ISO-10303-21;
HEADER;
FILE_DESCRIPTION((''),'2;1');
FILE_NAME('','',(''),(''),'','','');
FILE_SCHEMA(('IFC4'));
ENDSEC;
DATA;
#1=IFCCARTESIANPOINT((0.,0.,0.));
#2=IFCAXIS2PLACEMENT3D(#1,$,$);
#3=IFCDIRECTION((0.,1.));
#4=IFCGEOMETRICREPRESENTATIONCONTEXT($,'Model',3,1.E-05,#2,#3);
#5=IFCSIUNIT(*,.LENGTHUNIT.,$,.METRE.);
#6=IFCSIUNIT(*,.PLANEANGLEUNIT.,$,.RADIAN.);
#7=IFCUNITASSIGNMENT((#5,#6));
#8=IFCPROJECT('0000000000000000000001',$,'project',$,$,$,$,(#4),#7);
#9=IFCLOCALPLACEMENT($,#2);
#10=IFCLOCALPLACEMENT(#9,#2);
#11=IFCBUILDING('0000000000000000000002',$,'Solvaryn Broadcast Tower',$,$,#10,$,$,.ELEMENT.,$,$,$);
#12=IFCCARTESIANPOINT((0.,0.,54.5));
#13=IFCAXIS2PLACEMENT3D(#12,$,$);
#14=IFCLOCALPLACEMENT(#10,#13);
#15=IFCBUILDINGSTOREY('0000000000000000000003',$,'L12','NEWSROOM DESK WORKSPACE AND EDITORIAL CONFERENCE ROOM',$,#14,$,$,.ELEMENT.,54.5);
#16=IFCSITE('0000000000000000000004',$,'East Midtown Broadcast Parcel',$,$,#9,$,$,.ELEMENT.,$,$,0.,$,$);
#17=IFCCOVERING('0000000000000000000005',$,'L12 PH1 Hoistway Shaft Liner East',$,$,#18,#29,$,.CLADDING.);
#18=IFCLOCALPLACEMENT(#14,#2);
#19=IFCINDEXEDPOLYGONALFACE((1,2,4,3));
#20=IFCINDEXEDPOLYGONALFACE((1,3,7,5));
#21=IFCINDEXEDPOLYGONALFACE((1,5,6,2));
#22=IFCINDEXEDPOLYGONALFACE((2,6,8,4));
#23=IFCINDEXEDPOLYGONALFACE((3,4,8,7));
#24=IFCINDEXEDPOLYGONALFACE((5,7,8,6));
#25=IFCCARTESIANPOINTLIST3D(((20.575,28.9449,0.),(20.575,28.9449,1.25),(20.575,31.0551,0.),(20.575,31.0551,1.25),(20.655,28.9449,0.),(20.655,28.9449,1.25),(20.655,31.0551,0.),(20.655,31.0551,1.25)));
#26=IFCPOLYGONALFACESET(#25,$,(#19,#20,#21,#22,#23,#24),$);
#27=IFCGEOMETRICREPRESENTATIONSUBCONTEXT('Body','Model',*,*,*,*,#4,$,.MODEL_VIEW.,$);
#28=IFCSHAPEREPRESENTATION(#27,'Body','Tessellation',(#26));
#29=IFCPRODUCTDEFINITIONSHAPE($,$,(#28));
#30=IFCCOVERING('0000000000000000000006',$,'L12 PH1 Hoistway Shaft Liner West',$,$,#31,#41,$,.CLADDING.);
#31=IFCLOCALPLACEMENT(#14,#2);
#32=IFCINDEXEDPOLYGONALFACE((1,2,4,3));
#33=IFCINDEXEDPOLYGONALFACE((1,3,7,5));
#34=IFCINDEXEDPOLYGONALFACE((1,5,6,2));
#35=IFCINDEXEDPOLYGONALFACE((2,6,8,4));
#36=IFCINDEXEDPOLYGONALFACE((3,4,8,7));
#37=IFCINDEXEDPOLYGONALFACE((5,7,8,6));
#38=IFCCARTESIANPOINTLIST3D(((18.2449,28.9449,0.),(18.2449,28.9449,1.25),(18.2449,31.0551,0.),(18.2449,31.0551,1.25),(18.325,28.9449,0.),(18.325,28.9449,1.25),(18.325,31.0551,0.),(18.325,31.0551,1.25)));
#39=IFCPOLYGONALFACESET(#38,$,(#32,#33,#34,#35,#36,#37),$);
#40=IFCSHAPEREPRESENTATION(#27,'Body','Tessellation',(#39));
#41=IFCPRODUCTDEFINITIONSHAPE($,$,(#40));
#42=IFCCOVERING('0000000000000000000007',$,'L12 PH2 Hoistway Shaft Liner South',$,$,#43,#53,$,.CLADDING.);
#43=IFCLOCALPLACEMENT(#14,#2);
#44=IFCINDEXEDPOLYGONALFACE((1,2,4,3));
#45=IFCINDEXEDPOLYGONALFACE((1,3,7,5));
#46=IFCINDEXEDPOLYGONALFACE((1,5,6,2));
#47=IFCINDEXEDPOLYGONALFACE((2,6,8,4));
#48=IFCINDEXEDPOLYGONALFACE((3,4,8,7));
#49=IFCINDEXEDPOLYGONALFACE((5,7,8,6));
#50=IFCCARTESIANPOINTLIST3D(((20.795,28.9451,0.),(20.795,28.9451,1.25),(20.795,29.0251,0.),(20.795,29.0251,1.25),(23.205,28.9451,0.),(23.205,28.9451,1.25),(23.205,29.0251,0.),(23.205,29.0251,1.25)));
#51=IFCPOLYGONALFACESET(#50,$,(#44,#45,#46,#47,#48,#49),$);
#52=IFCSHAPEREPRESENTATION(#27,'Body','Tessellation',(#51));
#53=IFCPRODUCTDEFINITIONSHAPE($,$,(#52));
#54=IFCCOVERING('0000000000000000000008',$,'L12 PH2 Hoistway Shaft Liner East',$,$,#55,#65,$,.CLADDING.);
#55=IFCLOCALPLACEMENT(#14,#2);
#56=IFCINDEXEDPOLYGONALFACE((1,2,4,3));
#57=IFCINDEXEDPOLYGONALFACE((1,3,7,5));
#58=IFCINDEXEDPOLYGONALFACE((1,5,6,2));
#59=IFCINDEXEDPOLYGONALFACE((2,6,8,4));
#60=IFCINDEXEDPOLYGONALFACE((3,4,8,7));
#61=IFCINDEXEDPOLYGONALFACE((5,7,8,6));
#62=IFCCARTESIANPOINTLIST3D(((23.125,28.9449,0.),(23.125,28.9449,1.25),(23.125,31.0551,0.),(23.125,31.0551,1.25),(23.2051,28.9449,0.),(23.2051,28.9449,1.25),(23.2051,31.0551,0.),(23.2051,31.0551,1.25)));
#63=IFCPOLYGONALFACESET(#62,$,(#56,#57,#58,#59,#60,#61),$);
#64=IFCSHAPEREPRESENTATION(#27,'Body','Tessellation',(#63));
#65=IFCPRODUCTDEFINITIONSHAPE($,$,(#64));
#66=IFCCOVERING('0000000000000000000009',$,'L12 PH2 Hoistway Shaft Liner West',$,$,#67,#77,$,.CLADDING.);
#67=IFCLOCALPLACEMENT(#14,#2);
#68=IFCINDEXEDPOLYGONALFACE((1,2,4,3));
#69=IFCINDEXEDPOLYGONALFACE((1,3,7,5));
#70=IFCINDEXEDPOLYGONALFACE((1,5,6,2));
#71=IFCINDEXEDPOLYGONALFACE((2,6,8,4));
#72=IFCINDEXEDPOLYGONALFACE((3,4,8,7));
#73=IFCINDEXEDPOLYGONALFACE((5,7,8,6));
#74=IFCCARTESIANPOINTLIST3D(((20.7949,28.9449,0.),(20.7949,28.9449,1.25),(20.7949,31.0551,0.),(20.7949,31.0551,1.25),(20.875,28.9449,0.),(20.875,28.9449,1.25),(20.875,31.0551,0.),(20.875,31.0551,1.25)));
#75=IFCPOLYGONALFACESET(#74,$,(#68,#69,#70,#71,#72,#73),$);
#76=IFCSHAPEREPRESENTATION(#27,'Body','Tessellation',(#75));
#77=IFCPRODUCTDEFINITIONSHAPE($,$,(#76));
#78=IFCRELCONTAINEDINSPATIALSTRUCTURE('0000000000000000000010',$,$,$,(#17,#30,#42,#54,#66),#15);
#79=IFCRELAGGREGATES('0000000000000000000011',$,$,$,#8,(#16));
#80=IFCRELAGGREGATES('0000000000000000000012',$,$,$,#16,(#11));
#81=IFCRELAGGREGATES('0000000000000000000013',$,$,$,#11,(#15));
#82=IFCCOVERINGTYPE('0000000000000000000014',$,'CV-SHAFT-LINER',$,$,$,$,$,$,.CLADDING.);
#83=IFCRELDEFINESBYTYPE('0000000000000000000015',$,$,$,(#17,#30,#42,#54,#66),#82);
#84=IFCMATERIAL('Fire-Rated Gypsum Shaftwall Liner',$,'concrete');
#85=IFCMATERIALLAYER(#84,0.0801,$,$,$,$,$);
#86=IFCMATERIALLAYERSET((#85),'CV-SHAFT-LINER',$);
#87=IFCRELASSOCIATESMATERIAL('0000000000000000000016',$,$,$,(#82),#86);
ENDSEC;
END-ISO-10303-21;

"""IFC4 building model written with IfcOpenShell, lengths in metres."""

from ifc_helpers import new_model, si_unit, direction, frame, origin, origin_2d, place, context, subcontext, project, spatial, rectangle, extrude, material, layer, layer_set, type_object, element, save


model = new_model("IFC4")

# Units and contexts
model_context = context("Model", 3, precision=1e-05, world=origin(), true_north=direction((0.0, 1.0)))
body_context = subcontext(model_context, "Body", "Model", "MODEL_VIEW")
ifc_project = project(units=[si_unit("LENGTHUNIT", "METRE"), si_unit("PLANEANGLEUNIT", "RADIAN")], contexts=[model_context])

# Site, building, storey
site_placement = place(None, origin())
site = spatial("IfcSite", under=ifc_project, at=site_placement, Name="East Midtown Broadcast Parcel", CompositionType="ELEMENT", RefElevation=0.0)
building_placement = place(site_placement, origin())
building = spatial("IfcBuilding", under=site, at=building_placement, Name="Solvaryn Broadcast Tower", CompositionType="ELEMENT")
storey_placement = place(building_placement, frame((0.0, 0.0, 54.5)))
storey = spatial("IfcBuildingStorey", under=building, at=storey_placement, Name="L12", Description="NEWSROOM DESK WORKSPACE AND EDITORIAL CONFERENCE ROOM", CompositionType="ELEMENT", Elevation=54.5)

# Coverings
ifc_material_1 = material(Name="Fire-Rated Gypsum Shaftwall Liner", Category="concrete")
ifc_layer_1 = layer(ifc_material_1, 0.0801)
ifc_layer_set_1 = layer_set([ifc_layer_1], Name="CV-SHAFT-LINER")
covering_type = type_object("IfcCoveringType", Name="CV-SHAFT-LINER", PredefinedType="CLADDING", material=ifc_layer_set_1)
for number, where, z_axis, x_axis, name in (
    (1, (20.615, 30.0, 0.0), (0.0, 0.0, 1.0), (1.0, 0.0, 0.0), "L12 PH1 Hoistway Shaft Liner East"),
    (2, (18.2849, 30.0, 0.0), (0.0, 0.0, 1.0), (1.0, 0.0, 0.0), "L12 PH1 Hoistway Shaft Liner West"),
):
    element("IfcCovering", number, at=place(storey_placement, frame(where, z_axis=z_axis, x_axis=x_axis)), inside=storey, type_object=covering_type, Name=name, PredefinedType="CLADDING", context=body_context, shape_type="SweptSolid", body=[
        extrude(rectangle(XDim=0.0801, YDim=2.1101, at=origin_2d()), origin(), (0.0, 0.0, 1.0), 1.25),
    ])
covering_placement = place(storey_placement, frame((22.0, 28.9851, 0.0), z_axis=(0.0, 0.0, 1.0), x_axis=(1.0, 0.0, 0.0)))
element("IfcCovering", 3, at=covering_placement, inside=storey, type_object=covering_type, Name="L12 PH2 Hoistway Shaft Liner South", PredefinedType="CLADDING", context=body_context, shape_type="SweptSolid", body=[
    extrude(rectangle(XDim=2.4099, YDim=0.0801, at=origin_2d()), origin(), (0.0, 0.0, 1.0), 1.25),
])
for number, where, z_axis, x_axis, name in (
    (4, (23.165, 30.0, 0.0), (0.0, 0.0, 1.0), (1.0, 0.0, 0.0), "L12 PH2 Hoistway Shaft Liner East"),
    (5, (20.835, 30.0, 0.0), (0.0, 0.0, 1.0), (1.0, 0.0, 0.0), "L12 PH2 Hoistway Shaft Liner West"),
):
    element("IfcCovering", number, at=place(storey_placement, frame(where, z_axis=z_axis, x_axis=x_axis)), inside=storey, type_object=covering_type, Name=name, PredefinedType="CLADDING", context=body_context, shape_type="SweptSolid", body=[
        extrude(rectangle(XDim=0.0801, YDim=2.1101, at=origin_2d()), origin(), (0.0, 0.0, 1.0), 1.25),
    ])

save(model, "model.ifc")
